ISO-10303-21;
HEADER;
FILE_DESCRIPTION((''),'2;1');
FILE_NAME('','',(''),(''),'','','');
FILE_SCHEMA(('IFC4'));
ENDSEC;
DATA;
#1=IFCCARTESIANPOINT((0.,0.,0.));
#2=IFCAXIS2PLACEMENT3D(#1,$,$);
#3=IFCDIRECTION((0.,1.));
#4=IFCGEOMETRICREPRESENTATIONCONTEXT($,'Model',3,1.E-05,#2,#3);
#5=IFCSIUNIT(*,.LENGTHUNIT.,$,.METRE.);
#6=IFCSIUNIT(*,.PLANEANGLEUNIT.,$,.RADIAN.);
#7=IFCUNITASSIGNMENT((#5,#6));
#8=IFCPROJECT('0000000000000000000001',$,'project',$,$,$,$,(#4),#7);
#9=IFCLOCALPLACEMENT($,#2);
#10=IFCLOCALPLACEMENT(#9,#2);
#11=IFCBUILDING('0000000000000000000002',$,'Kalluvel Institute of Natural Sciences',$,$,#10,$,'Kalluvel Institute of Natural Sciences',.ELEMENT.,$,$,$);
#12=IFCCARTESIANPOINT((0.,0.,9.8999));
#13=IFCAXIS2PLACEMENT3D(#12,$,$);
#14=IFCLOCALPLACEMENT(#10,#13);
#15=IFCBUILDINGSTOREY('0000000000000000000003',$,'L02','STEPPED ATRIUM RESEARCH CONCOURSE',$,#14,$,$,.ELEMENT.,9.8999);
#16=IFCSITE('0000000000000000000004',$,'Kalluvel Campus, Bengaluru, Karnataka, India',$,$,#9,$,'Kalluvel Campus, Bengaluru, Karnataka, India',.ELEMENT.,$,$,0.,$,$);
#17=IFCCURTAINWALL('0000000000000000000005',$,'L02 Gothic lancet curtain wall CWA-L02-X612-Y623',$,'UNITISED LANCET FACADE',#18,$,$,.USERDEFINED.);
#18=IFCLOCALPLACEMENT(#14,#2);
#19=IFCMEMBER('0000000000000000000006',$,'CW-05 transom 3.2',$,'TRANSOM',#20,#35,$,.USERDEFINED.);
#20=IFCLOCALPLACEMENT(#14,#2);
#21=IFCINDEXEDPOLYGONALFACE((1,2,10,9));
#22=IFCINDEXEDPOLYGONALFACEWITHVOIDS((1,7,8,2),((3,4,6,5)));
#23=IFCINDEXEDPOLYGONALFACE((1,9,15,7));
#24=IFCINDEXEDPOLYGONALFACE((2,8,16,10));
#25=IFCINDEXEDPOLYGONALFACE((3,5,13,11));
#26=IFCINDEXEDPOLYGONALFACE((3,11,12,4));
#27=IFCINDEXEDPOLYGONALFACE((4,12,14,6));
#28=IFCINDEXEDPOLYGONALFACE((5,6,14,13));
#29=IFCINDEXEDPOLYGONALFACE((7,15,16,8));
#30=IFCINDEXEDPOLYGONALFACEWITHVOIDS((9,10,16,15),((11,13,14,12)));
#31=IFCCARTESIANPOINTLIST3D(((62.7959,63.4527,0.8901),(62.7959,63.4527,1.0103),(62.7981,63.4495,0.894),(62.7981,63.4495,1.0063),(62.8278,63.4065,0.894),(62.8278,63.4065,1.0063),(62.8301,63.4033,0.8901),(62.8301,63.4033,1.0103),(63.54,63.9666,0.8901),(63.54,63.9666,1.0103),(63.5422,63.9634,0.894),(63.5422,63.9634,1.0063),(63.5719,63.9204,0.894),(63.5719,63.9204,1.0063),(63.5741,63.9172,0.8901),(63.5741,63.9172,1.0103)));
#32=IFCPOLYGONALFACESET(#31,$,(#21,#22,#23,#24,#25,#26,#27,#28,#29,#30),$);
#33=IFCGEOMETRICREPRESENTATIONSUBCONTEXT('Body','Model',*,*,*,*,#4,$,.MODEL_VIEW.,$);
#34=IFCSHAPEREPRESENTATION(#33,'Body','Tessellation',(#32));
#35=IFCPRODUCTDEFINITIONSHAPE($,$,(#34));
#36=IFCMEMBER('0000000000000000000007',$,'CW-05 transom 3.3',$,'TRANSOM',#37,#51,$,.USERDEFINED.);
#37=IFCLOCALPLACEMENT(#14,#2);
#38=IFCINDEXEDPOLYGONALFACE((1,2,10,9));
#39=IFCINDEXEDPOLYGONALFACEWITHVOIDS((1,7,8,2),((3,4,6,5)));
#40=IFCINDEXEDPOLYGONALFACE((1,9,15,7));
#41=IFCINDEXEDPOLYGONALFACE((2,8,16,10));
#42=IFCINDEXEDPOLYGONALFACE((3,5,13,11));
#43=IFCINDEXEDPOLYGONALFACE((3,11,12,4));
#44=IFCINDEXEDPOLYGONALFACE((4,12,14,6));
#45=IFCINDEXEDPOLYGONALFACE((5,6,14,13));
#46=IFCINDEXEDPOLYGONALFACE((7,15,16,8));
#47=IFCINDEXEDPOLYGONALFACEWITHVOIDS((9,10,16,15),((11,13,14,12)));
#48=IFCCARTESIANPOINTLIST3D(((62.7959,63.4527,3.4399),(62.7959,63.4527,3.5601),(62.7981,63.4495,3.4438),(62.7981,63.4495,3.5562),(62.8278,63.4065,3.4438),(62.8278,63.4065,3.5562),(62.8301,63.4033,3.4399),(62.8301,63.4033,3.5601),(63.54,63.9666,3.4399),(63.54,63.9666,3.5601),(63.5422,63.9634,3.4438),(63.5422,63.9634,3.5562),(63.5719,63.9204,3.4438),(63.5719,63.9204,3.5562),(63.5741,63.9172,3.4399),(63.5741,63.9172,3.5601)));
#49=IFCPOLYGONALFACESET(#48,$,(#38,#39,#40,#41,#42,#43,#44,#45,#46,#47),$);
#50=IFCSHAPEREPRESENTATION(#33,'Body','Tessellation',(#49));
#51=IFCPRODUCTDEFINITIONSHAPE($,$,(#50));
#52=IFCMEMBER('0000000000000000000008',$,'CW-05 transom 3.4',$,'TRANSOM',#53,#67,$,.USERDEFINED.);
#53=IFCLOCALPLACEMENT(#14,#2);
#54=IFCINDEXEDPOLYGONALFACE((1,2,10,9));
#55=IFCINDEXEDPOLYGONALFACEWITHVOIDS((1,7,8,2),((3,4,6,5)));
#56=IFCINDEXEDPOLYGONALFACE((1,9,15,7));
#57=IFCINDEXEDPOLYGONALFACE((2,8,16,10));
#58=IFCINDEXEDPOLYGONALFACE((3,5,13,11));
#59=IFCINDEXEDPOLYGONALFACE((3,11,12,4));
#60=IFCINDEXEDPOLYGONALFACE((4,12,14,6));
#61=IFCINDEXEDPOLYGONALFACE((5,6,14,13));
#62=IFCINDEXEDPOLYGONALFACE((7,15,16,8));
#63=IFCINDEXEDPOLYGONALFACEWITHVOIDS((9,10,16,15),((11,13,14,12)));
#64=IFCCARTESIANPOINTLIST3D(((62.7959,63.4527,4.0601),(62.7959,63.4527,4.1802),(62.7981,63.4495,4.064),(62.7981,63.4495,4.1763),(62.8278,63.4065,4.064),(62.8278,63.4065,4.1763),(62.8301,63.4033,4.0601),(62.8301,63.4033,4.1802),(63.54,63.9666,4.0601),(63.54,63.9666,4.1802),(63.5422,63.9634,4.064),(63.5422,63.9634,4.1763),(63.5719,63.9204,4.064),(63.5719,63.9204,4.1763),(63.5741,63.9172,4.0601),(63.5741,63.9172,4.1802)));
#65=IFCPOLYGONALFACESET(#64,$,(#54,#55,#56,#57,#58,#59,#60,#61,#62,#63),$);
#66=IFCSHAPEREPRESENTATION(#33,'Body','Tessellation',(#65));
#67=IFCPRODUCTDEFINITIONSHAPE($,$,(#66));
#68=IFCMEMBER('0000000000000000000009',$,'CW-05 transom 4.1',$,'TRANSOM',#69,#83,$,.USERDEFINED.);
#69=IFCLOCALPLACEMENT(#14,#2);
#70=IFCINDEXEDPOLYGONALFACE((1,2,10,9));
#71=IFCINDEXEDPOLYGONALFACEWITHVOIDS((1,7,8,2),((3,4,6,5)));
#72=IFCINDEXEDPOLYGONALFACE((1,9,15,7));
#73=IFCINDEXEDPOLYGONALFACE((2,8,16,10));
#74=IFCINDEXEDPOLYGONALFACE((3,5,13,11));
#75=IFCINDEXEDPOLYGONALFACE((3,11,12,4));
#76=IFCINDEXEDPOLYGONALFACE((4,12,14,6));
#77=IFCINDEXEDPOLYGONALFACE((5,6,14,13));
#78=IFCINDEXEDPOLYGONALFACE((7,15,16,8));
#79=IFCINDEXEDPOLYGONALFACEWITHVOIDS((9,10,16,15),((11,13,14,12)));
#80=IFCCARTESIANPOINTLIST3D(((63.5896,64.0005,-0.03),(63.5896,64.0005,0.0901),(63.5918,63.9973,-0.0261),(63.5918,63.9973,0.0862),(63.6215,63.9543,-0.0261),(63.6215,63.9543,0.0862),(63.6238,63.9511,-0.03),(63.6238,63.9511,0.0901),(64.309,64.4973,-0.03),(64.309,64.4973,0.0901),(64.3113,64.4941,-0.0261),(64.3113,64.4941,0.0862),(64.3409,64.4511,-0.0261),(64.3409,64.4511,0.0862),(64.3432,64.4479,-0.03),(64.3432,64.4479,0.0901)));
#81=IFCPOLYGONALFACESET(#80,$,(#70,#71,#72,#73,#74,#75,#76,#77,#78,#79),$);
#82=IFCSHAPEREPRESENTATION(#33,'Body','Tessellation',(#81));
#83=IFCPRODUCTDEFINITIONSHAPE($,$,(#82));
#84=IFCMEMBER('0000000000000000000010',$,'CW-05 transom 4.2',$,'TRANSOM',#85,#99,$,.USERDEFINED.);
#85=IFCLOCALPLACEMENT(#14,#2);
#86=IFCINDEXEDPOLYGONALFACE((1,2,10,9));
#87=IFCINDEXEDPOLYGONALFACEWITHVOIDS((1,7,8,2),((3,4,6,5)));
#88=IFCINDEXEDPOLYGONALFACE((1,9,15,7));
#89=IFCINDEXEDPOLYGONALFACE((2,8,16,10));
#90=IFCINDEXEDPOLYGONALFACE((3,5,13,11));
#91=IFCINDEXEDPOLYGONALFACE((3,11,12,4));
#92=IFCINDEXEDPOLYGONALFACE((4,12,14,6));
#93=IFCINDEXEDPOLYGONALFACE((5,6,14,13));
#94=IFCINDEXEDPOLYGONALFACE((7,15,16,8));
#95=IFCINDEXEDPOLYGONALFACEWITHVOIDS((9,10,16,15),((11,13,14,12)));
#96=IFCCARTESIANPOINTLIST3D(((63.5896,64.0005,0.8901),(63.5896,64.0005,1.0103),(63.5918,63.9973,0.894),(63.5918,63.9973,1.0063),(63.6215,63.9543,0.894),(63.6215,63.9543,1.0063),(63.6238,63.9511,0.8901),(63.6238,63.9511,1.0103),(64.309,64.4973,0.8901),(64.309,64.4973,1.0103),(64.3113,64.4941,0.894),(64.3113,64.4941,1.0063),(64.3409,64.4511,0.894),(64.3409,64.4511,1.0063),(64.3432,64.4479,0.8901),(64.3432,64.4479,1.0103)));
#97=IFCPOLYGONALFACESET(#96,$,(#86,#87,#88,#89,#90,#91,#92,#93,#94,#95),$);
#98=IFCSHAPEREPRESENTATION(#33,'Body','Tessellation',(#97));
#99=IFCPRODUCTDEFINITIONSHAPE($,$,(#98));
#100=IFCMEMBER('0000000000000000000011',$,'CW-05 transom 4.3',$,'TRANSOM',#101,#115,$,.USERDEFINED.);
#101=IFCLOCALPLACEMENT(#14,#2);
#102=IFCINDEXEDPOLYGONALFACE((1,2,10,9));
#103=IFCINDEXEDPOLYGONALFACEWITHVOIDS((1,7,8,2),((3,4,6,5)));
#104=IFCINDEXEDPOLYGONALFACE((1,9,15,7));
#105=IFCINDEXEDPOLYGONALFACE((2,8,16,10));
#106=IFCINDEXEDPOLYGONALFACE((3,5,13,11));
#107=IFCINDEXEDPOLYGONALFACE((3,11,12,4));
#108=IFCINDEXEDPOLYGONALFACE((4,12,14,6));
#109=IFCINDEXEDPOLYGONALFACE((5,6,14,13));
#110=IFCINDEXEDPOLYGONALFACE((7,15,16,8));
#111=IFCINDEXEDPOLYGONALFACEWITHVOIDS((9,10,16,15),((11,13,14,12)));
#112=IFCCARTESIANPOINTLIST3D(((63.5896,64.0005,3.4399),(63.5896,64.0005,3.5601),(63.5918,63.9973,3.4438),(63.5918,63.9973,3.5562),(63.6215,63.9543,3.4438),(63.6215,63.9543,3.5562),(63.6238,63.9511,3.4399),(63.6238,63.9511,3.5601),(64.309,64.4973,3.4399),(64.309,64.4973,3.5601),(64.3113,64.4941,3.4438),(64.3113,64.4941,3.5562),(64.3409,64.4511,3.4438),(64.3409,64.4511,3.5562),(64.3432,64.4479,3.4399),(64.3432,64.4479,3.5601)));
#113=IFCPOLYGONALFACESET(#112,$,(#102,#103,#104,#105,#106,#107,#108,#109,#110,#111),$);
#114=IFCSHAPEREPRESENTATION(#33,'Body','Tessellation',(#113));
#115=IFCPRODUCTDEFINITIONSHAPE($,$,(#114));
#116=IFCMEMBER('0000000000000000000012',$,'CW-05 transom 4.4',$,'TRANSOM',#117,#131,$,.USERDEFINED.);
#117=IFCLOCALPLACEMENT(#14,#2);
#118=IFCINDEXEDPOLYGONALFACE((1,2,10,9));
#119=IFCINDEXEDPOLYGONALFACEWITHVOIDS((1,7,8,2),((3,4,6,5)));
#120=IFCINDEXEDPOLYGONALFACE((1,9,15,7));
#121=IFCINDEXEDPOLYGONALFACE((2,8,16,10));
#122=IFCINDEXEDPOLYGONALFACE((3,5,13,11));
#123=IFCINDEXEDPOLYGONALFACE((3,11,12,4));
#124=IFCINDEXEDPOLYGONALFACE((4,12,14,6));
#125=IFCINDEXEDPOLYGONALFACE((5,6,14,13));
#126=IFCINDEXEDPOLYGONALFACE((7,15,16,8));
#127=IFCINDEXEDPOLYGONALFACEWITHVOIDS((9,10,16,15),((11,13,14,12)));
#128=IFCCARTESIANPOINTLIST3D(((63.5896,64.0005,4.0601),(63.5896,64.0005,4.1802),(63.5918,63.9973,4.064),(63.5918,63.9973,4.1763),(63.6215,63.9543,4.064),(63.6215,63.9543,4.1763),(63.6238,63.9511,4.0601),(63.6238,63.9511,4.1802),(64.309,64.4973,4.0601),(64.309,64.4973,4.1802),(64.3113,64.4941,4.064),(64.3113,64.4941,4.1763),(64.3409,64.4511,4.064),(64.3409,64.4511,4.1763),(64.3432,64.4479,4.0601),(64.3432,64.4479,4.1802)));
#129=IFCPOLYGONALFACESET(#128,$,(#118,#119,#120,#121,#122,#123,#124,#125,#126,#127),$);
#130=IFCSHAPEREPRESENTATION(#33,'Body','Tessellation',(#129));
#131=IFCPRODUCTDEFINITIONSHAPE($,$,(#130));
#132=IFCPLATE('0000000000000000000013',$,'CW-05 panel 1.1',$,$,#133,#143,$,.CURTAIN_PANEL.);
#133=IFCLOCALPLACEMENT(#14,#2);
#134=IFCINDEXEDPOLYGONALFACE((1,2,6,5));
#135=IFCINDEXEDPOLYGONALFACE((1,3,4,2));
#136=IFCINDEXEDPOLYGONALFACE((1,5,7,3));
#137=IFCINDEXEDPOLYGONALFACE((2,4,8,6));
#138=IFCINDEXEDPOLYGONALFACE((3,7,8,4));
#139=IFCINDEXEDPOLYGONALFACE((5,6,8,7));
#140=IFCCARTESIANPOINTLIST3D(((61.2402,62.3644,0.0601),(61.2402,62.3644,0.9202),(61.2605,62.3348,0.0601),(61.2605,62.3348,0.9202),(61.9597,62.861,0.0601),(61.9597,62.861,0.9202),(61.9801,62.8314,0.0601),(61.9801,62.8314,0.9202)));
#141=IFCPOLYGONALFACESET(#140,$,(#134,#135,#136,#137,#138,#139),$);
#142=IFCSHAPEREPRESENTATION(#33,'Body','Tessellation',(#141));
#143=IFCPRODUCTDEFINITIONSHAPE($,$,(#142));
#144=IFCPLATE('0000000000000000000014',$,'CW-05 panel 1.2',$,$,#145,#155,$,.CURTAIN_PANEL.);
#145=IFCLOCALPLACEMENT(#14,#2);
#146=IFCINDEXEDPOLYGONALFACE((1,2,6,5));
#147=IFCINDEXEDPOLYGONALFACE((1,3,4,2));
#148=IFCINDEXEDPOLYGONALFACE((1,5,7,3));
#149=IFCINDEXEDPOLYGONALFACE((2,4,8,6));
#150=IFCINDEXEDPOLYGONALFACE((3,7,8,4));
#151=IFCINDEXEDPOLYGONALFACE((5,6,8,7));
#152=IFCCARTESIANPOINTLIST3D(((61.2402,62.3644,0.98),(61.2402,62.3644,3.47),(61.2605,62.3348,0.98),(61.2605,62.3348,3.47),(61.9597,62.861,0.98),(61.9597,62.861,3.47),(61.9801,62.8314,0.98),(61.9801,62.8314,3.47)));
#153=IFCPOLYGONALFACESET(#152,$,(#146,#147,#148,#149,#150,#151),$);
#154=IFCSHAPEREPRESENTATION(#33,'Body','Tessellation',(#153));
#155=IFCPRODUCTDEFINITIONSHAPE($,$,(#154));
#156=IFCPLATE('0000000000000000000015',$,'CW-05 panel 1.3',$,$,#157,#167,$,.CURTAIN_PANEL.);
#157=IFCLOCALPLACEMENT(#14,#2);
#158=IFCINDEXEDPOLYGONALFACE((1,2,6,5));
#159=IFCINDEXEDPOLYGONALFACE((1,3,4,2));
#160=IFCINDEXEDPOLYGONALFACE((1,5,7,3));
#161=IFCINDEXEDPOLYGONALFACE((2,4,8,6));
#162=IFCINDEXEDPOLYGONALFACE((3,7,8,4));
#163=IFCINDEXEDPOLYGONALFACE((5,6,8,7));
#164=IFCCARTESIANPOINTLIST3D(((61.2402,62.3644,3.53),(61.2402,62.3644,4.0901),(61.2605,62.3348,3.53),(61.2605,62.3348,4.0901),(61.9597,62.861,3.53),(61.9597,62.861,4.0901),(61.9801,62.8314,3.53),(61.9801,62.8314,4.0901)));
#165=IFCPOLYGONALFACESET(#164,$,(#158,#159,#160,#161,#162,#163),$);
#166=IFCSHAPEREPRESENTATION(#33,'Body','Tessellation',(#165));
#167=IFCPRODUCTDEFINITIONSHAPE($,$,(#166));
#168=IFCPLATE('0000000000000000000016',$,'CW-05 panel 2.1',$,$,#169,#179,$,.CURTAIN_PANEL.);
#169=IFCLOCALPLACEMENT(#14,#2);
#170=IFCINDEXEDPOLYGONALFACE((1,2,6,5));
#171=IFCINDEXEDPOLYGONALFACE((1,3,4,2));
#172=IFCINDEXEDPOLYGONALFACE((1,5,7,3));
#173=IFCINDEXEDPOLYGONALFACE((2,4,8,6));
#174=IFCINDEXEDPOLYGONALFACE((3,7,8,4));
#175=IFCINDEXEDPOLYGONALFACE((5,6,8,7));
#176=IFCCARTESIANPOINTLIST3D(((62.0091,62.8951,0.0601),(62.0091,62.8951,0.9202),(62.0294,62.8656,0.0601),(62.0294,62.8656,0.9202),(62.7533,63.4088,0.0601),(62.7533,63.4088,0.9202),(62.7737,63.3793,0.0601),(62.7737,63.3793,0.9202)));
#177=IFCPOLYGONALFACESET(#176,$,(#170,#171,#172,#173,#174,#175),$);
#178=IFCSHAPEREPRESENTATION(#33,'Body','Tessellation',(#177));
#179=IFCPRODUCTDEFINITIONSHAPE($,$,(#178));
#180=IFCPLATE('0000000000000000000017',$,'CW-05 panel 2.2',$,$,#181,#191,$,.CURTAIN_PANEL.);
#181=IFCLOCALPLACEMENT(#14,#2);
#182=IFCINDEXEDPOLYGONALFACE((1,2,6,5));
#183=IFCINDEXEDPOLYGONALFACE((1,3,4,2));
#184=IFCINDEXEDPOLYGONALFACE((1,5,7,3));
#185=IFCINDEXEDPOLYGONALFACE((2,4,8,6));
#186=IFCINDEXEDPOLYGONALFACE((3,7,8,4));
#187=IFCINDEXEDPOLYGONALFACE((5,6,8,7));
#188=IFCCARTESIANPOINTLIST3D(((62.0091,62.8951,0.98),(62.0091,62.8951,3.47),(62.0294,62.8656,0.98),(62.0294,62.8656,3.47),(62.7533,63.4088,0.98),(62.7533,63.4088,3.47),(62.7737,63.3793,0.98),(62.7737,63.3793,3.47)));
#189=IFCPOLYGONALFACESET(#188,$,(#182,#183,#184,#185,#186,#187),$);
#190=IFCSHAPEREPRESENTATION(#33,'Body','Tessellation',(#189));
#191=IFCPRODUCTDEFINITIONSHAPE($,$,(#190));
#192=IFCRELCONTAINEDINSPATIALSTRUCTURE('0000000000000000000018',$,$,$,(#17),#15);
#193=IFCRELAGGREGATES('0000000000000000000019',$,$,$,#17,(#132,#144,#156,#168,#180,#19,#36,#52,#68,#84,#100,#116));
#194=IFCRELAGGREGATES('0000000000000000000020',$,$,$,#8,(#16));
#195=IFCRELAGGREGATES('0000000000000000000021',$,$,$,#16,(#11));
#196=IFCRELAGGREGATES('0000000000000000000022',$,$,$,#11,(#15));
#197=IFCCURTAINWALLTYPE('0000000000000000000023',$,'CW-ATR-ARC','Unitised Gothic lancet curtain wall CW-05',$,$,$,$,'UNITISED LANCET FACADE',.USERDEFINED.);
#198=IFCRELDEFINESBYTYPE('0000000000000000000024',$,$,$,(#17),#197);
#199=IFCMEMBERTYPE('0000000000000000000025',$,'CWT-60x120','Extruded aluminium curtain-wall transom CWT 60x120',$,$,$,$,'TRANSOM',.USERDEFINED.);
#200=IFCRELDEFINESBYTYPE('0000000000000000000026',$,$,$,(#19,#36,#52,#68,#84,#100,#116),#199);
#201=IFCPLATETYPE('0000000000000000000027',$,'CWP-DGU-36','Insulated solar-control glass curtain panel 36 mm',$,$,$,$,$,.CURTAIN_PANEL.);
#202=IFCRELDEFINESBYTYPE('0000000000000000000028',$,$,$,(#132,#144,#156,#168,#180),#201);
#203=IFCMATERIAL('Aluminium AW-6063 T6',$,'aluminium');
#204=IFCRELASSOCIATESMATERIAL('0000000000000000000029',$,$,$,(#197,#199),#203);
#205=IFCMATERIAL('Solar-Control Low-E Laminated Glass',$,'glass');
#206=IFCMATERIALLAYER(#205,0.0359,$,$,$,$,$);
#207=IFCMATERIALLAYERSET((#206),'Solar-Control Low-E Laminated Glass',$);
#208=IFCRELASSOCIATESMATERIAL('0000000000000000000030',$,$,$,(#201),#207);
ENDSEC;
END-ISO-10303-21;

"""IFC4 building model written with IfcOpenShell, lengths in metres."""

from ifc_helpers import new_model, si_unit, direction, frame, origin, origin_2d, place, context, subcontext, project, spatial, rectangle, hollow_rectangle, extrude, material, layer, layer_set, material_profile, profile_set, type_object, element, aggregate, save


model = new_model("IFC4")

# Units and contexts
model_context = context("Model", 3, precision=1e-05, world=origin(), true_north=direction((0.0, 1.0)))
body_context = subcontext(model_context, "Body", "Model", "MODEL_VIEW")
ifc_project = project(units=[si_unit("LENGTHUNIT", "METRE"), si_unit("PLANEANGLEUNIT", "RADIAN")], contexts=[model_context])

# Site, building, storey
site_placement = place(None, origin())
site = spatial("IfcSite", under=ifc_project, at=site_placement, Name="Kalluvel Campus, Bengaluru, Karnataka, India", LongName="Kalluvel Campus, Bengaluru, Karnataka, India", CompositionType="ELEMENT", RefElevation=0.0)
building_placement = place(site_placement, origin())
building = spatial("IfcBuilding", under=site, at=building_placement, Name="Kalluvel Institute of Natural Sciences", LongName="Kalluvel Institute of Natural Sciences", CompositionType="ELEMENT")
storey_placement = place(building_placement, frame((0.0, 0.0, 9.8999)))
storey = spatial("IfcBuildingStorey", under=building, at=storey_placement, Name="L02", Description="STEPPED ATRIUM RESEARCH CONCOURSE", CompositionType="ELEMENT", Elevation=9.8999)

# Curtain wall, members, plates
ifc_material_1 = material(Name="Aluminium AW-6063 T6", Category="aluminium")
curtain_wall_type = type_object("IfcCurtainWallType", Name="CW-ATR-ARC", Description="Unitised Gothic lancet curtain wall CW-05", ElementType="UNITISED LANCET FACADE", PredefinedType="USERDEFINED", material=ifc_material_1)
curtain_wall_placement = place(storey_placement, origin())
curtain_wall = element("IfcCurtainWall", 1, at=curtain_wall_placement, inside=storey, type_object=curtain_wall_type, Name="L02 Gothic lancet curtain wall CWA-L02-X612-Y623", ObjectType="UNITISED LANCET FACADE", PredefinedType="USERDEFINED")
ifc_material_profile_1 = material_profile(ifc_material_1, hollow_rectangle(XDim=0.0601, YDim=0.1201, WallThickness=0.0039, at=origin_2d()), Name="CWT 60x120")
ifc_profile_set_1 = profile_set([ifc_material_profile_1], Name="Aluminium AW-6063 T6")
member_type_1 = type_object("IfcMemberType", Name="CWT-60x120", Description="Extruded aluminium curtain-wall transom CWT 60x120", ElementType="TRANSOM", PredefinedType="USERDEFINED", material=ifc_profile_set_1)
member_1_placement = place(storey_placement, frame((62.813, 63.428, 0.9502), z_axis=(0.822843, 0.568269, 0.0), x_axis=(-0.568269, 0.822843, 0.0)))
member_1 = element("IfcMember", 2, at=member_1_placement, type_object=member_type_1, Name="CW-05 transom 3.2", ObjectType="TRANSOM", PredefinedType="USERDEFINED", context=body_context, shape_type="SweptSolid", body=[
    extrude(hollow_rectangle(XDim=0.0601, YDim=0.1201, WallThickness=0.0039, at=origin_2d()), origin(), (0.0, 0.0, 1.0), 0.9043),
])
member_2_placement = place(storey_placement, frame((62.813, 63.428, 3.5), z_axis=(0.822843, 0.568269, 0.0), x_axis=(-0.568269, 0.822843, 0.0)))
member_2 = element("IfcMember", 3, at=member_2_placement, type_object=member_type_1, Name="CW-05 transom 3.3", ObjectType="TRANSOM", PredefinedType="USERDEFINED", context=body_context, shape_type="SweptSolid", body=[
    extrude(hollow_rectangle(XDim=0.0601, YDim=0.1201, WallThickness=0.0039, at=origin_2d()), origin(), (0.0, 0.0, 1.0), 0.9043),
])
member_3_placement = place(storey_placement, frame((62.813, 63.428, 4.1201), z_axis=(0.822843, 0.568269, 0.0), x_axis=(-0.568269, 0.822843, 0.0)))
member_3 = element("IfcMember", 4, at=member_3_placement, type_object=member_type_1, Name="CW-05 transom 3.4", ObjectType="TRANSOM", PredefinedType="USERDEFINED", context=body_context, shape_type="SweptSolid", body=[
    extrude(hollow_rectangle(XDim=0.0601, YDim=0.1201, WallThickness=0.0039, at=origin_2d()), origin(), (0.0, 0.0, 1.0), 0.9043),
])
member_4_placement = place(storey_placement, frame((63.6067, 63.9758, 0.03), z_axis=(0.822875, 0.568222, 0.0), x_axis=(-0.568222, 0.822875, 0.0)))
member_4 = element("IfcMember", 5, at=member_4_placement, type_object=member_type_1, Name="CW-05 transom 4.1", ObjectType="TRANSOM", PredefinedType="USERDEFINED", context=body_context, shape_type="SweptSolid", body=[
    extrude(hollow_rectangle(XDim=0.0601, YDim=0.1201, WallThickness=0.0039, at=origin_2d()), origin(), (0.0, 0.0, 1.0), 0.8743),
])
member_5_placement = place(storey_placement, frame((63.6067, 63.9758, 0.9502), z_axis=(0.822875, 0.568222, 0.0), x_axis=(-0.568222, 0.822875, 0.0)))
member_5 = element("IfcMember", 6, at=member_5_placement, type_object=member_type_1, Name="CW-05 transom 4.2", ObjectType="TRANSOM", PredefinedType="USERDEFINED", context=body_context, shape_type="SweptSolid", body=[
    extrude(hollow_rectangle(XDim=0.0601, YDim=0.1201, WallThickness=0.0039, at=origin_2d()), origin(), (0.0, 0.0, 1.0), 0.8743),
])
member_6_placement = place(storey_placement, frame((63.6067, 63.9758, 3.5), z_axis=(0.822875, 0.568222, 0.0), x_axis=(-0.568222, 0.822875, 0.0)))
member_6 = element("IfcMember", 7, at=member_6_placement, type_object=member_type_1, Name="CW-05 transom 4.3", ObjectType="TRANSOM", PredefinedType="USERDEFINED", context=body_context, shape_type="SweptSolid", body=[
    extrude(hollow_rectangle(XDim=0.0601, YDim=0.1201, WallThickness=0.0039, at=origin_2d()), origin(), (0.0, 0.0, 1.0), 0.8743),
])
member_7_placement = place(storey_placement, frame((63.6067, 63.9758, 4.1201), z_axis=(0.822875, 0.568222, 0.0), x_axis=(-0.568222, 0.822875, 0.0)))
member_7 = element("IfcMember", 8, at=member_7_placement, type_object=member_type_1, Name="CW-05 transom 4.4", ObjectType="TRANSOM", PredefinedType="USERDEFINED", context=body_context, shape_type="SweptSolid", body=[
    extrude(hollow_rectangle(XDim=0.0601, YDim=0.1201, WallThickness=0.0039, at=origin_2d()), origin(), (0.0, 0.0, 1.0), 0.8743),
])
ifc_material_2 = material(Name="Solar-Control Low-E Laminated Glass", Category="glass")
ifc_layer = layer(ifc_material_2, 0.0359)
ifc_layer_set = layer_set([ifc_layer], Name="Solar-Control Low-E Laminated Glass")
plate_type = type_object("IfcPlateType", Name="CWP-DGU-36", Description="Insulated solar-control glass curtain panel 36 mm", PredefinedType="CURTAIN_PANEL", material=ifc_layer_set)
plate_1_placement = place(storey_placement, frame((61.6101, 62.5979, 0.0601), z_axis=(0.0, 0.0, 1.0), x_axis=(0.822988, 0.568058, 0.0)))
plate_1 = element("IfcPlate", 9, at=plate_1_placement, type_object=plate_type, Name="CW-05 panel 1.1", PredefinedType="CURTAIN_PANEL", context=body_context, shape_type="SweptSolid", body=[
    extrude(rectangle(XDim=0.8743, YDim=0.0359, at=origin_2d()), origin(), (0.0, 0.0, 1.0), 0.8601),
])
plate_2_placement = place(storey_placement, frame((61.6101, 62.5979, 0.98), z_axis=(0.0, 0.0, 1.0), x_axis=(0.822988, 0.568058, 0.0)))
plate_2 = element("IfcPlate", 10, at=plate_2_placement, type_object=plate_type, Name="CW-05 panel 1.2", PredefinedType="CURTAIN_PANEL", context=body_context, shape_type="SweptSolid", body=[
    extrude(rectangle(XDim=0.8743, YDim=0.0359, at=origin_2d()), origin(), (0.0, 0.0, 1.0), 2.49),
])
plate_3_placement = place(storey_placement, frame((61.6101, 62.5979, 3.53), z_axis=(0.0, 0.0, 1.0), x_axis=(0.822988, 0.568058, 0.0)))
plate_3 = element("IfcPlate", 11, at=plate_3_placement, type_object=plate_type, Name="CW-05 panel 1.3", PredefinedType="CURTAIN_PANEL", context=body_context, shape_type="SweptSolid", body=[
    extrude(rectangle(XDim=0.8743, YDim=0.0359, at=origin_2d()), origin(), (0.0, 0.0, 1.0), 0.5601),
])
plate_4_placement = place(storey_placement, frame((62.3914, 63.1372, 0.0601), z_axis=(0.0, 0.0, 1.0), x_axis=(0.822988, 0.568058, 0.0)))
plate_4 = element("IfcPlate", 12, at=plate_4_placement, type_object=plate_type, Name="CW-05 panel 2.1", PredefinedType="CURTAIN_PANEL", context=body_context, shape_type="SweptSolid", body=[
    extrude(rectangle(XDim=0.9043, YDim=0.0359, at=origin_2d()), origin(), (0.0, 0.0, 1.0), 0.8601),
])
plate_5_placement = place(storey_placement, frame((62.3914, 63.1372, 0.98), z_axis=(0.0, 0.0, 1.0), x_axis=(0.822988, 0.568058, 0.0)))
plate_5 = element("IfcPlate", 13, at=plate_5_placement, type_object=plate_type, Name="CW-05 panel 2.2", PredefinedType="CURTAIN_PANEL", context=body_context, shape_type="SweptSolid", body=[
    extrude(rectangle(XDim=0.9043, YDim=0.0359, at=origin_2d()), origin(), (0.0, 0.0, 1.0), 2.49),
])
aggregate(curtain_wall, [plate_1, plate_2, plate_3, plate_4, plate_5, member_1, member_2, member_3, member_4, member_5, member_6, member_7])

save(model, "model.ifc")
